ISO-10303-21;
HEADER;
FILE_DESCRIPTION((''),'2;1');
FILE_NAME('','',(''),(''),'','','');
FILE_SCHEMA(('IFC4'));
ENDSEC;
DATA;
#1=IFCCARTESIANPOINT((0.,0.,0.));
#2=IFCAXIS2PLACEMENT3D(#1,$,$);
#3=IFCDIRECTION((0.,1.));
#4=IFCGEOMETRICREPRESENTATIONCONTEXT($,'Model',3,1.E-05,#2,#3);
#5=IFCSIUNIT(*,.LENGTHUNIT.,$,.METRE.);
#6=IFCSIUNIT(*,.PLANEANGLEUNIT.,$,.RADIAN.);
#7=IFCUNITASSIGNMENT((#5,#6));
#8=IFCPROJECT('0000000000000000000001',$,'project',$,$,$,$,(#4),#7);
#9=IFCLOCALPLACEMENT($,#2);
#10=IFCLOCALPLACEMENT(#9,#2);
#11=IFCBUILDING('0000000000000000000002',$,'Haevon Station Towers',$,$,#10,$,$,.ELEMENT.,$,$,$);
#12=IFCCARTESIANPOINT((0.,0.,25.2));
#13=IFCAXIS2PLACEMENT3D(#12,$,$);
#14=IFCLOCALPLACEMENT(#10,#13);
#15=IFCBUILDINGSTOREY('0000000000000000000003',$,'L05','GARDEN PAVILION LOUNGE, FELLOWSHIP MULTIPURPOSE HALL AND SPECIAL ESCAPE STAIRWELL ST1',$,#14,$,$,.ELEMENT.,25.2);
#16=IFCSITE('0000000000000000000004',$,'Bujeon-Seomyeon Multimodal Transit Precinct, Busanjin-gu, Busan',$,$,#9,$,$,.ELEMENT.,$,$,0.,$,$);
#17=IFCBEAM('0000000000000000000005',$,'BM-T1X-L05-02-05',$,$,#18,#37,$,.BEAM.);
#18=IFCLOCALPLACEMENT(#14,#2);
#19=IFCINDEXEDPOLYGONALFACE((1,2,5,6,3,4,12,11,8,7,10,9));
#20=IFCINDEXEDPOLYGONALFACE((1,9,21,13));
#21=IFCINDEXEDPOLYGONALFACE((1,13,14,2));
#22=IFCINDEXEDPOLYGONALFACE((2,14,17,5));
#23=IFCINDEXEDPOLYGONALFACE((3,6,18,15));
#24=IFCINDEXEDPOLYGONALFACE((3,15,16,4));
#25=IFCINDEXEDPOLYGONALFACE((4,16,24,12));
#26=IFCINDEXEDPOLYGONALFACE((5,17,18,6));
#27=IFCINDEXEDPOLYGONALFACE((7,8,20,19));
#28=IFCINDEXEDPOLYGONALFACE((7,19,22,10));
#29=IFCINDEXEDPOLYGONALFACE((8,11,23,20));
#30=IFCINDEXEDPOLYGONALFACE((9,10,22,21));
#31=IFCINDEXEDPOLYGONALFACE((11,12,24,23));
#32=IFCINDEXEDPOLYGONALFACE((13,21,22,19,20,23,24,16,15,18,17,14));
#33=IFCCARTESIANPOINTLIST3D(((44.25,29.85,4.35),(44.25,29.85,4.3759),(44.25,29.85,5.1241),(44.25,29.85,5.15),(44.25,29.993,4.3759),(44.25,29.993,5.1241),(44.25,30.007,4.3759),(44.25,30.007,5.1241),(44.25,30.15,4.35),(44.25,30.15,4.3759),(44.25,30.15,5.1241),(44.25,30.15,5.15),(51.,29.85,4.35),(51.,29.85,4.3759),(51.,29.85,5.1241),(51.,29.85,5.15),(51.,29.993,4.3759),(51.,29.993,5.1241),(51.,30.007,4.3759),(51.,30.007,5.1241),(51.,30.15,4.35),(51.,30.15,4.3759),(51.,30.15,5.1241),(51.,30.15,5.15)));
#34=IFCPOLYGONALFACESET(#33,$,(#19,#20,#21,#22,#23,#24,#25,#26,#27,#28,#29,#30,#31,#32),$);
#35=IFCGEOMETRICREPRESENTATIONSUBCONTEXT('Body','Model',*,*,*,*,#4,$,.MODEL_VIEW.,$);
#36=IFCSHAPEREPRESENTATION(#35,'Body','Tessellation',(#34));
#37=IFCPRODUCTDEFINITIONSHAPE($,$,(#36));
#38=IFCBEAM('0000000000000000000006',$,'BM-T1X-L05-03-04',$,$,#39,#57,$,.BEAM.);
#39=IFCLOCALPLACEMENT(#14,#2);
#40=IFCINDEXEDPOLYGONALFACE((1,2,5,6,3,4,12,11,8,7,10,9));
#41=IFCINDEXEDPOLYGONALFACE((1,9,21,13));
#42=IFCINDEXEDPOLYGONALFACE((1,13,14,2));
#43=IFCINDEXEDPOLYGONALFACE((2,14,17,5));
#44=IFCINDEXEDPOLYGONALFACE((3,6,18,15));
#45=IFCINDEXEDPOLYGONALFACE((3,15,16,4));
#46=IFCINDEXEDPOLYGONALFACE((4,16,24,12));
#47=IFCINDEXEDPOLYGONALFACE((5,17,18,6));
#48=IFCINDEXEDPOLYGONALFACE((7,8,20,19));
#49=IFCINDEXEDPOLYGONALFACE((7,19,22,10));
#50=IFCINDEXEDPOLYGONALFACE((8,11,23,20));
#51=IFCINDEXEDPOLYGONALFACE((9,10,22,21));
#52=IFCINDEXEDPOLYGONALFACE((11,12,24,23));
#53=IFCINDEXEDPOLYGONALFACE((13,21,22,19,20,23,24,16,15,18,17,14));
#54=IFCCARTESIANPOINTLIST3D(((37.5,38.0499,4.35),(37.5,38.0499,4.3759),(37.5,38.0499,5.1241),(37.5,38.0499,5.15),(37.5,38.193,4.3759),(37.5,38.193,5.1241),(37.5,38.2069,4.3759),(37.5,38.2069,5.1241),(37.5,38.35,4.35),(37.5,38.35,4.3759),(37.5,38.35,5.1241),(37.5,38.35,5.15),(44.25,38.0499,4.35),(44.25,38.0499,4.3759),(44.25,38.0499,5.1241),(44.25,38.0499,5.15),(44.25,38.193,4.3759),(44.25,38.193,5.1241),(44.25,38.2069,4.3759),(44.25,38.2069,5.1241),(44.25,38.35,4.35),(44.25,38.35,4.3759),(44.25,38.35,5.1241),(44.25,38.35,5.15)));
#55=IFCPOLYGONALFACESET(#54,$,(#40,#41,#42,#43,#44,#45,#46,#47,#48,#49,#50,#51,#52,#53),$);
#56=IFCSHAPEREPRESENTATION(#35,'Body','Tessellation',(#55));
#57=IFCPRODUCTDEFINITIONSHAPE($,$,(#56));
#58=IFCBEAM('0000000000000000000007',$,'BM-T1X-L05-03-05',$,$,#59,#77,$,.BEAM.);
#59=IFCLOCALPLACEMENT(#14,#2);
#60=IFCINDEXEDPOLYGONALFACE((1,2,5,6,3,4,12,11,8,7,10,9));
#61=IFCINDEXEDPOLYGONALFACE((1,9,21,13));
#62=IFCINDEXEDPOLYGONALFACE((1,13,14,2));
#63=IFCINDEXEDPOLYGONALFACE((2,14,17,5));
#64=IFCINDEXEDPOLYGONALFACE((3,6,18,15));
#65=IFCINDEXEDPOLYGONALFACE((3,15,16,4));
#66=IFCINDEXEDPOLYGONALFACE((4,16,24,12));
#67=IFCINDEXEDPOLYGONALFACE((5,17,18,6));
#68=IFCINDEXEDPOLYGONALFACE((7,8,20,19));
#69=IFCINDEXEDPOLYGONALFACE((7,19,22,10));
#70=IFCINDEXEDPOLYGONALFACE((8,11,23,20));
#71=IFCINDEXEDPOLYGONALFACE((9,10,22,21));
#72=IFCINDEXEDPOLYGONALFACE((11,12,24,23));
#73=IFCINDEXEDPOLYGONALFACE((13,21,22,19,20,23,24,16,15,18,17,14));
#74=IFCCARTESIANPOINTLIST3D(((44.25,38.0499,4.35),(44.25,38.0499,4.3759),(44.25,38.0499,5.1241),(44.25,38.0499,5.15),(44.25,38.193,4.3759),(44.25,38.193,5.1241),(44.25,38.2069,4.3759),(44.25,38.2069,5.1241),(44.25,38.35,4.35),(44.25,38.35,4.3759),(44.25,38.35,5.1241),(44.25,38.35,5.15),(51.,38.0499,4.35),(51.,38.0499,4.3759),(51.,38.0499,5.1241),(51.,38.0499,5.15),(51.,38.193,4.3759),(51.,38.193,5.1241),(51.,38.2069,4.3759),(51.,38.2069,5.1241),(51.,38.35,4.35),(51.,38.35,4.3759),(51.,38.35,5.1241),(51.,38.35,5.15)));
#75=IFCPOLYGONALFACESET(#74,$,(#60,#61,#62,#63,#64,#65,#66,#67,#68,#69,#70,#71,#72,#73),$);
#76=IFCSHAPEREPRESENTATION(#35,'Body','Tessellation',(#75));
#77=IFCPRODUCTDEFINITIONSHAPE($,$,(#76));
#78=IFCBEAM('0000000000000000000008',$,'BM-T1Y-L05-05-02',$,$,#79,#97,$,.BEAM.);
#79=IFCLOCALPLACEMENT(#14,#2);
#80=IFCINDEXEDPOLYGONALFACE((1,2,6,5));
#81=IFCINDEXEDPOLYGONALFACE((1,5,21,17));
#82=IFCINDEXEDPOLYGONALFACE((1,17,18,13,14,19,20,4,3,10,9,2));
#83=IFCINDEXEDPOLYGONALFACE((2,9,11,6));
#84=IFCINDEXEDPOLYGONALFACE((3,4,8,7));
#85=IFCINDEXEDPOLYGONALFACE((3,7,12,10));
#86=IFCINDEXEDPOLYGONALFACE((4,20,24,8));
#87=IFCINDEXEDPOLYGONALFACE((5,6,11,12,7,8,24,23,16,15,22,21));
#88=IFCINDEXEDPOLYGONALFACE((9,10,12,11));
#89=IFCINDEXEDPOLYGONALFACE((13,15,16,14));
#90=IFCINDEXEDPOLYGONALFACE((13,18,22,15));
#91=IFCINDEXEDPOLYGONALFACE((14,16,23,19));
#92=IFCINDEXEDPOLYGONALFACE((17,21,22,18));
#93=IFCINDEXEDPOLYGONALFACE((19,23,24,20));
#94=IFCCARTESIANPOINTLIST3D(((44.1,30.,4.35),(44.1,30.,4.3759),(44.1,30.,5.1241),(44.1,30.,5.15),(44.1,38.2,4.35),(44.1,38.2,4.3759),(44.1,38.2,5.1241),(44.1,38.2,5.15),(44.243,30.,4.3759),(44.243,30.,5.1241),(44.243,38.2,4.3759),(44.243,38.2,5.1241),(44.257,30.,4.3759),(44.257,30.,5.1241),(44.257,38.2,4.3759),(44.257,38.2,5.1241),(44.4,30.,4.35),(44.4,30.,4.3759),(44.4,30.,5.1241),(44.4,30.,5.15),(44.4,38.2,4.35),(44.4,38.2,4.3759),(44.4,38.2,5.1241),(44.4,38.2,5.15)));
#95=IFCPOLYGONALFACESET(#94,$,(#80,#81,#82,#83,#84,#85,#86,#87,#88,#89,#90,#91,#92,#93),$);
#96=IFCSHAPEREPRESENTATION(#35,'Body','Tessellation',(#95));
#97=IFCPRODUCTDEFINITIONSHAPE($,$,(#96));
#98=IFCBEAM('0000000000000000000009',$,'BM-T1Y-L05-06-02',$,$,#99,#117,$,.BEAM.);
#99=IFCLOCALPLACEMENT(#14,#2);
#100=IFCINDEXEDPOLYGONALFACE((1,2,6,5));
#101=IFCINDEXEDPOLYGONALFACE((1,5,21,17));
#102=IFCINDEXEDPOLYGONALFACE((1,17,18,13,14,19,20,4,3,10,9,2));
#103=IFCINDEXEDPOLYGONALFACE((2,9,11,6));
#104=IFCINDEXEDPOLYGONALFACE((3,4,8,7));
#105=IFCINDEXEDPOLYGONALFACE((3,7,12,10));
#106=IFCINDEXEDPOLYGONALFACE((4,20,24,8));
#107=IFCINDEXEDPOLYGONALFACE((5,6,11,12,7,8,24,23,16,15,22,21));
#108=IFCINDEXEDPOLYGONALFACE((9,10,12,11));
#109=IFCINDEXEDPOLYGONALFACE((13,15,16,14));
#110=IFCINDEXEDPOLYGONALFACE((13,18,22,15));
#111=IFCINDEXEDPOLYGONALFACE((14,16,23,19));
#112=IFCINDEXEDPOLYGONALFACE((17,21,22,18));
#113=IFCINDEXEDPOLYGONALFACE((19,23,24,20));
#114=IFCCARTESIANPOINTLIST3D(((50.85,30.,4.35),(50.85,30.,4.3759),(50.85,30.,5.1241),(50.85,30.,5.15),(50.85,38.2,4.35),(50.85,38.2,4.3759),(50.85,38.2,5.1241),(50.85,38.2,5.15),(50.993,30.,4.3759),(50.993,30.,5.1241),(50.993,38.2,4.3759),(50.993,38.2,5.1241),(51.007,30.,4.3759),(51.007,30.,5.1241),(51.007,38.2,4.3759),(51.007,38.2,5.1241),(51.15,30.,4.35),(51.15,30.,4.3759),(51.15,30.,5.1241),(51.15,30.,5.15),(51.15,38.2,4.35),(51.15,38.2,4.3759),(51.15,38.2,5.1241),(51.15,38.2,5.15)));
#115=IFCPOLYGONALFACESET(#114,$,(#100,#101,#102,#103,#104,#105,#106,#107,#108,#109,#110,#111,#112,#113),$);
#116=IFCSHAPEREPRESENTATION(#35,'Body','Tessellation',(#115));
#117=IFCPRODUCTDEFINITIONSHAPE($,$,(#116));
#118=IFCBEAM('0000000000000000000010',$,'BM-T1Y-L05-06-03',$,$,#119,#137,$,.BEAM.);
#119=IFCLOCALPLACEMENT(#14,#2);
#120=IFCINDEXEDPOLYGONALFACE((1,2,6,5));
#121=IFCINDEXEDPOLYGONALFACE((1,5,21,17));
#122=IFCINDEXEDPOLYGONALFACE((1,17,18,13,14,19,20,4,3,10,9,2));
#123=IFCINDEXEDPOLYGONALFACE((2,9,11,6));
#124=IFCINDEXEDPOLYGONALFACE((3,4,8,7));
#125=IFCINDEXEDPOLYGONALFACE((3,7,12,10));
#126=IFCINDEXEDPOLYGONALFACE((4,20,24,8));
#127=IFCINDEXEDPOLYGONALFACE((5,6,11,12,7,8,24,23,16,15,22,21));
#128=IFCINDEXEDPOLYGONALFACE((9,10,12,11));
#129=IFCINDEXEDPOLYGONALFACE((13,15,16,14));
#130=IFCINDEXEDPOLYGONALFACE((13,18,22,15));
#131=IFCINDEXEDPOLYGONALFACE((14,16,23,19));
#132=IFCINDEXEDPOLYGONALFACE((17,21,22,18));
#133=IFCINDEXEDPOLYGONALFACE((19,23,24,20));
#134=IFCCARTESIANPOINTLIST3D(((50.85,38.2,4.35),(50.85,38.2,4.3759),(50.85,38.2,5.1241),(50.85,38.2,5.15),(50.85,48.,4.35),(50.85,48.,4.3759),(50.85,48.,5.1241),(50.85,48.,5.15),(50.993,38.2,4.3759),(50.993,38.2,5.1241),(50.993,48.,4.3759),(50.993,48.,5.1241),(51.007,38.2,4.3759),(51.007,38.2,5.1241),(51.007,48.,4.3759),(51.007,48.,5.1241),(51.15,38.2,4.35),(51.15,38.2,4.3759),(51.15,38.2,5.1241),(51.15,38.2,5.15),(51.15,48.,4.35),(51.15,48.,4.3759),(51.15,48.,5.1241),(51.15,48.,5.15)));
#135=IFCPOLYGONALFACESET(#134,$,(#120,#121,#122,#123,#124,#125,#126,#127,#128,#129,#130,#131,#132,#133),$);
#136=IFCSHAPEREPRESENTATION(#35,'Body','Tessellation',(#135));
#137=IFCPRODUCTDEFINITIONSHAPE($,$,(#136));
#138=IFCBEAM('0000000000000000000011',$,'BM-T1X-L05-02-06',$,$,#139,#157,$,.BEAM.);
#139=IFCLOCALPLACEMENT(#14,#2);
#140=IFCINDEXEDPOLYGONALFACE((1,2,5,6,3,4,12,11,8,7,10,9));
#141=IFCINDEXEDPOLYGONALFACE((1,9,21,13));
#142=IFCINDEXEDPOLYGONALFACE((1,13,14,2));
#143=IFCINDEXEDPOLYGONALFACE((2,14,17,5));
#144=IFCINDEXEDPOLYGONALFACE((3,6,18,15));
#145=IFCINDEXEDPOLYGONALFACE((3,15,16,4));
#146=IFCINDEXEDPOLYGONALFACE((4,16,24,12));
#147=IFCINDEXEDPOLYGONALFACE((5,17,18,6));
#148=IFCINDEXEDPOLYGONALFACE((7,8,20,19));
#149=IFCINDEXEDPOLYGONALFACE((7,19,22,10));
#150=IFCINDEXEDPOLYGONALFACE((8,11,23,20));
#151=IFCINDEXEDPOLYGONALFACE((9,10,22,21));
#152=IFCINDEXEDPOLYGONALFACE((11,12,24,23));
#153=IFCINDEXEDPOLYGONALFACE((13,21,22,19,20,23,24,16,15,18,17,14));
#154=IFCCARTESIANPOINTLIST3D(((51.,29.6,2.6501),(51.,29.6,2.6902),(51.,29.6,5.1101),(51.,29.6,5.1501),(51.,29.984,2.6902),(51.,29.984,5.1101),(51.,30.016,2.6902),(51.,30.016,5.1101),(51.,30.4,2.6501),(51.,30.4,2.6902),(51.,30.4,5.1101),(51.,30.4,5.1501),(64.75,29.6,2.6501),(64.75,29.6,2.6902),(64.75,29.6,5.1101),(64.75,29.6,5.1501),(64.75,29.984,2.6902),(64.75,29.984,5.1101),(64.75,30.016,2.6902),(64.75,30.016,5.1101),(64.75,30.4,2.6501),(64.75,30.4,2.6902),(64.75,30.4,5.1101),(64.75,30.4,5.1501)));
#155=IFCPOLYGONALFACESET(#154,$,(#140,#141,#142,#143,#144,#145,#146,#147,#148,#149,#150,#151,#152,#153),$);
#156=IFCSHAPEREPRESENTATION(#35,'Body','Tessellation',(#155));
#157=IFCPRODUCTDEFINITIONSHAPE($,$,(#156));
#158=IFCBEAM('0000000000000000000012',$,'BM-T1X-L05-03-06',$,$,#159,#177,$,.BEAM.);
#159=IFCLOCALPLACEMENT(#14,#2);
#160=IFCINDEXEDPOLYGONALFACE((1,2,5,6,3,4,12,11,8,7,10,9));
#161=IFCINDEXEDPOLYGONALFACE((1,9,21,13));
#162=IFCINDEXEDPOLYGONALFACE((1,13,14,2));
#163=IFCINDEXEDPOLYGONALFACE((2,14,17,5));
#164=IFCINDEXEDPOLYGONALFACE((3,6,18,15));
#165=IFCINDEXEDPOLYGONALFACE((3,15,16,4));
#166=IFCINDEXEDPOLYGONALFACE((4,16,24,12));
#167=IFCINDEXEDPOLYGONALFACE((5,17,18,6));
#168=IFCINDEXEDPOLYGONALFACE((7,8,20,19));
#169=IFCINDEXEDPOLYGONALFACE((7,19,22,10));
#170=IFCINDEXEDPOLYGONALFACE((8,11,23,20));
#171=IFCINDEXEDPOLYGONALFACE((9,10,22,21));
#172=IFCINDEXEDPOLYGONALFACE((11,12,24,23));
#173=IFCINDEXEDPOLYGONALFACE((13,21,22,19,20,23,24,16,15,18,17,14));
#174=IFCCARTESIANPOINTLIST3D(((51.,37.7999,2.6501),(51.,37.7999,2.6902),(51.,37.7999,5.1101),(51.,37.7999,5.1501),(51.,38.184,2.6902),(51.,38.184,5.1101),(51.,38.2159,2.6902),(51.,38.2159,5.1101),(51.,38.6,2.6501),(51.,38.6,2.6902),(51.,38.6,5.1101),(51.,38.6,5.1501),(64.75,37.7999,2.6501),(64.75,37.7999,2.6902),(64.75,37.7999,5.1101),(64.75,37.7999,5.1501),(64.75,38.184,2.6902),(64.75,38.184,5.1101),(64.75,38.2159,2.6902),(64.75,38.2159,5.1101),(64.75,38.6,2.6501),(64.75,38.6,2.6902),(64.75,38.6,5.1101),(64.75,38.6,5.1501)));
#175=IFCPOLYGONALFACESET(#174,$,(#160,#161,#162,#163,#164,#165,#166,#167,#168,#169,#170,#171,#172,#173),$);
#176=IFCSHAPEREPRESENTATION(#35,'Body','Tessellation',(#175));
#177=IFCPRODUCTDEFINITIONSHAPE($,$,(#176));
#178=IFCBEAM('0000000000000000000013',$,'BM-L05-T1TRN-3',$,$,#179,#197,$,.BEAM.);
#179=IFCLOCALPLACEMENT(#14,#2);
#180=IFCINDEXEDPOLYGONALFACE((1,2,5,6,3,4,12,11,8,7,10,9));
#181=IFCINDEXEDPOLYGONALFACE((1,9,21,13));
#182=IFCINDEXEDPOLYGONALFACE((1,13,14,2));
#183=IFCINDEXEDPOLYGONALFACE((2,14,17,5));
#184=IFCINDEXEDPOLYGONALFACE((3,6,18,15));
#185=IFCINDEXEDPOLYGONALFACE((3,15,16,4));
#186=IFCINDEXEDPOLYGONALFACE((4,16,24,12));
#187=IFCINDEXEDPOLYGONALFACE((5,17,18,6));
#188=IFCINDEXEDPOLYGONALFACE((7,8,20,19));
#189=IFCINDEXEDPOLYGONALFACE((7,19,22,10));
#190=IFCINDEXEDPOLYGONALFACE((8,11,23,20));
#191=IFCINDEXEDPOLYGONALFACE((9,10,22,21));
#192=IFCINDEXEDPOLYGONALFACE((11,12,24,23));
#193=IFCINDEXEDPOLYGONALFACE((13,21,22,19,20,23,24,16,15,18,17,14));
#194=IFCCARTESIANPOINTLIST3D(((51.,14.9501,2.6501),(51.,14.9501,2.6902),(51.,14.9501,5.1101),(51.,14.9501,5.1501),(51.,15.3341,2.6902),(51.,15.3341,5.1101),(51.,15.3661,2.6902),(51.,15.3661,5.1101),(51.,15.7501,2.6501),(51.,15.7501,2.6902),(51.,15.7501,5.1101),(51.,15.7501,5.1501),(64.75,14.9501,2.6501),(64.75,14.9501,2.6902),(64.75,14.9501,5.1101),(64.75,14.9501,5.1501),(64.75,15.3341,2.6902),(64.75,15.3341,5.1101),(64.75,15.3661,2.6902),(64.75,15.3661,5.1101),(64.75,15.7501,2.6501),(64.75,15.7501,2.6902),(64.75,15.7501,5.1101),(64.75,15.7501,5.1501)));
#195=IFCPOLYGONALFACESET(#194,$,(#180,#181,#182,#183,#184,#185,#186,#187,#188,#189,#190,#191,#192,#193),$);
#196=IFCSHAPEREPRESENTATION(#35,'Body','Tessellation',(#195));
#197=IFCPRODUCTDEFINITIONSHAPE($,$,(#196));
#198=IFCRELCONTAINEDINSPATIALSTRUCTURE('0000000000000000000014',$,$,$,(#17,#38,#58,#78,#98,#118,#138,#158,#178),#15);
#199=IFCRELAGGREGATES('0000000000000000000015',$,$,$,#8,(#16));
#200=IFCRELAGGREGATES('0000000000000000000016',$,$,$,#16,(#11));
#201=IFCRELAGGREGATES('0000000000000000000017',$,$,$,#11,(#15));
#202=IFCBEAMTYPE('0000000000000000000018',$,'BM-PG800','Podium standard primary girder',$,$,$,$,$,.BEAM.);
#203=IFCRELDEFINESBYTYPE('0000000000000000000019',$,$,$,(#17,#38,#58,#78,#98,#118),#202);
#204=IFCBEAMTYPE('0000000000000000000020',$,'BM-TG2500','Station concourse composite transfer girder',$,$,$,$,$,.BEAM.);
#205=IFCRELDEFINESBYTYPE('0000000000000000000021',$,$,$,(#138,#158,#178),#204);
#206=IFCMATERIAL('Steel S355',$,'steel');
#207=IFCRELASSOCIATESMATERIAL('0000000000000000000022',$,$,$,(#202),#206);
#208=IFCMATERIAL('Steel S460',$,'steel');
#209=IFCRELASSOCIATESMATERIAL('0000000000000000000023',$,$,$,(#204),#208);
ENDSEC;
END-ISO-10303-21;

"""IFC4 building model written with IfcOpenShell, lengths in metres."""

from ifc_helpers import new_model, si_unit, direction, frame, origin, origin_2d, place, context, subcontext, project, spatial, i_section, extrude, material, material_profile, profile_set, type_object, element, save


model = new_model("IFC4")

# Units and contexts
model_context = context("Model", 3, precision=1e-05, world=origin(), true_north=direction((0.0, 1.0)))
body_context = subcontext(model_context, "Body", "Model", "MODEL_VIEW")
ifc_project = project(units=[si_unit("LENGTHUNIT", "METRE"), si_unit("PLANEANGLEUNIT", "RADIAN")], contexts=[model_context])

# Site, building, storey
site_placement = place(None, origin())
site = spatial("IfcSite", under=ifc_project, at=site_placement, Name="Bujeon-Seomyeon Multimodal Transit Precinct, Busanjin-gu, Busan", CompositionType="ELEMENT", RefElevation=0.0)
building_placement = place(site_placement, origin())
building = spatial("IfcBuilding", under=site, at=building_placement, Name="Haevon Station Towers", CompositionType="ELEMENT")
storey_placement = place(building_placement, frame((0.0, 0.0, 25.2)))
storey = spatial("IfcBuildingStorey", under=building, at=storey_placement, Name="L05", Description="GARDEN PAVILION LOUNGE, FELLOWSHIP MULTIPURPOSE HALL AND SPECIAL ESCAPE STAIRWELL ST1", CompositionType="ELEMENT", Elevation=25.2)

# Shared definitions
ifc_material_1 = material(Name="Steel S460", Category="steel")

# Beams
ifc_material_2 = material(Name="Steel S355", Category="steel")
ifc_material_profile_1 = material_profile(ifc_material_2, i_section(OverallWidth=0.3, OverallDepth=0.8, WebThickness=0.0139, FlangeThickness=0.0259, at=origin_2d()), Name="H-800x300x14x26")
ifc_profile_set_1 = profile_set([ifc_material_profile_1], Name="Steel S355")
beam_type_1 = type_object("IfcBeamType", Name="BM-PG800", Description="Podium standard primary girder", PredefinedType="BEAM", material=ifc_profile_set_1)
for number, where, z_axis, x_axis, name in (
    (1, (44.25, 30.0, 4.75), (1.0, 0.0, 0.0), (0.0, 1.0, 0.0), "BM-T1X-L05-02-05"),
    (2, (37.5, 38.2, 4.75), (1.0, 0.0, 0.0), (0.0, 1.0, 0.0), "BM-T1X-L05-03-04"),
    (3, (44.25, 38.2, 4.75), (1.0, 0.0, 0.0), (0.0, 1.0, 0.0), "BM-T1X-L05-03-05"),
):
    element("IfcBeam", number, at=place(storey_placement, frame(where, z_axis=z_axis, x_axis=x_axis)), inside=storey, type_object=beam_type_1, Name=name, PredefinedType="BEAM", context=body_context, shape_type="SweptSolid", body=[
        extrude(i_section(OverallWidth=0.3, OverallDepth=0.8, WebThickness=0.0139, FlangeThickness=0.0259, at=origin_2d()), origin(), (0.0, 0.0, 1.0), 6.75),
    ])
for number, where, z_axis, x_axis, name in (
    (4, (44.25, 30.0, 4.75), (0.0, 1.0, 0.0), (-1.0, 0.0, 0.0), "BM-T1Y-L05-05-02"),
    (5, (51.0, 30.0, 4.75), (0.0, 1.0, 0.0), (-1.0, 0.0, 0.0), "BM-T1Y-L05-06-02"),
):
    element("IfcBeam", number, at=place(storey_placement, frame(where, z_axis=z_axis, x_axis=x_axis)), inside=storey, type_object=beam_type_1, Name=name, PredefinedType="BEAM", context=body_context, shape_type="SweptSolid", body=[
        extrude(i_section(OverallWidth=0.3, OverallDepth=0.8, WebThickness=0.0139, FlangeThickness=0.0259, at=origin_2d()), origin(), (0.0, 0.0, 1.0), 8.2),
    ])
beam_1_placement = place(storey_placement, frame((51.0, 38.2, 4.75), z_axis=(0.0, 1.0, 0.0), x_axis=(-1.0, 0.0, 0.0)))
element("IfcBeam", 6, at=beam_1_placement, inside=storey, type_object=beam_type_1, Name="BM-T1Y-L05-06-03", PredefinedType="BEAM", context=body_context, shape_type="SweptSolid", body=[
    extrude(i_section(OverallWidth=0.3, OverallDepth=0.8, WebThickness=0.0139, FlangeThickness=0.0259, at=origin_2d()), origin(), (0.0, 0.0, 1.0), 9.8),
])
ifc_material_profile_2 = material_profile(ifc_material_1, i_section(OverallWidth=0.8, OverallDepth=2.5, WebThickness=0.032, FlangeThickness=0.04, at=origin_2d()), Name="H-2500x800x32x40")
ifc_profile_set_2 = profile_set([ifc_material_profile_2], Name="Steel S460")
beam_type_2 = type_object("IfcBeamType", Name="BM-TG2500", Description="Station concourse composite transfer girder", PredefinedType="BEAM", material=ifc_profile_set_2)
for number, where, z_axis, x_axis, name in (
    (7, (51.0, 30.0, 3.9001), (1.0, 0.0, 0.0), (0.0, 1.0, 0.0), "BM-T1X-L05-02-06"),
    (8, (51.0, 38.2, 3.9001), (1.0, 0.0, 0.0), (0.0, 1.0, 0.0), "BM-T1X-L05-03-06"),
    (9, (51.0, 15.3501, 3.9001), (1.0, 0.0, 0.0), (0.0, 1.0, 0.0), "BM-L05-T1TRN-3"),
):
    element("IfcBeam", number, at=place(storey_placement, frame(where, z_axis=z_axis, x_axis=x_axis)), inside=storey, type_object=beam_type_2, Name=name, PredefinedType="BEAM", context=body_context, shape_type="SweptSolid", body=[
        extrude(i_section(OverallWidth=0.8, OverallDepth=2.5, WebThickness=0.032, FlangeThickness=0.04, at=origin_2d()), origin(), (0.0, 0.0, 1.0), 13.75),
    ])

save(model, "model.ifc")
